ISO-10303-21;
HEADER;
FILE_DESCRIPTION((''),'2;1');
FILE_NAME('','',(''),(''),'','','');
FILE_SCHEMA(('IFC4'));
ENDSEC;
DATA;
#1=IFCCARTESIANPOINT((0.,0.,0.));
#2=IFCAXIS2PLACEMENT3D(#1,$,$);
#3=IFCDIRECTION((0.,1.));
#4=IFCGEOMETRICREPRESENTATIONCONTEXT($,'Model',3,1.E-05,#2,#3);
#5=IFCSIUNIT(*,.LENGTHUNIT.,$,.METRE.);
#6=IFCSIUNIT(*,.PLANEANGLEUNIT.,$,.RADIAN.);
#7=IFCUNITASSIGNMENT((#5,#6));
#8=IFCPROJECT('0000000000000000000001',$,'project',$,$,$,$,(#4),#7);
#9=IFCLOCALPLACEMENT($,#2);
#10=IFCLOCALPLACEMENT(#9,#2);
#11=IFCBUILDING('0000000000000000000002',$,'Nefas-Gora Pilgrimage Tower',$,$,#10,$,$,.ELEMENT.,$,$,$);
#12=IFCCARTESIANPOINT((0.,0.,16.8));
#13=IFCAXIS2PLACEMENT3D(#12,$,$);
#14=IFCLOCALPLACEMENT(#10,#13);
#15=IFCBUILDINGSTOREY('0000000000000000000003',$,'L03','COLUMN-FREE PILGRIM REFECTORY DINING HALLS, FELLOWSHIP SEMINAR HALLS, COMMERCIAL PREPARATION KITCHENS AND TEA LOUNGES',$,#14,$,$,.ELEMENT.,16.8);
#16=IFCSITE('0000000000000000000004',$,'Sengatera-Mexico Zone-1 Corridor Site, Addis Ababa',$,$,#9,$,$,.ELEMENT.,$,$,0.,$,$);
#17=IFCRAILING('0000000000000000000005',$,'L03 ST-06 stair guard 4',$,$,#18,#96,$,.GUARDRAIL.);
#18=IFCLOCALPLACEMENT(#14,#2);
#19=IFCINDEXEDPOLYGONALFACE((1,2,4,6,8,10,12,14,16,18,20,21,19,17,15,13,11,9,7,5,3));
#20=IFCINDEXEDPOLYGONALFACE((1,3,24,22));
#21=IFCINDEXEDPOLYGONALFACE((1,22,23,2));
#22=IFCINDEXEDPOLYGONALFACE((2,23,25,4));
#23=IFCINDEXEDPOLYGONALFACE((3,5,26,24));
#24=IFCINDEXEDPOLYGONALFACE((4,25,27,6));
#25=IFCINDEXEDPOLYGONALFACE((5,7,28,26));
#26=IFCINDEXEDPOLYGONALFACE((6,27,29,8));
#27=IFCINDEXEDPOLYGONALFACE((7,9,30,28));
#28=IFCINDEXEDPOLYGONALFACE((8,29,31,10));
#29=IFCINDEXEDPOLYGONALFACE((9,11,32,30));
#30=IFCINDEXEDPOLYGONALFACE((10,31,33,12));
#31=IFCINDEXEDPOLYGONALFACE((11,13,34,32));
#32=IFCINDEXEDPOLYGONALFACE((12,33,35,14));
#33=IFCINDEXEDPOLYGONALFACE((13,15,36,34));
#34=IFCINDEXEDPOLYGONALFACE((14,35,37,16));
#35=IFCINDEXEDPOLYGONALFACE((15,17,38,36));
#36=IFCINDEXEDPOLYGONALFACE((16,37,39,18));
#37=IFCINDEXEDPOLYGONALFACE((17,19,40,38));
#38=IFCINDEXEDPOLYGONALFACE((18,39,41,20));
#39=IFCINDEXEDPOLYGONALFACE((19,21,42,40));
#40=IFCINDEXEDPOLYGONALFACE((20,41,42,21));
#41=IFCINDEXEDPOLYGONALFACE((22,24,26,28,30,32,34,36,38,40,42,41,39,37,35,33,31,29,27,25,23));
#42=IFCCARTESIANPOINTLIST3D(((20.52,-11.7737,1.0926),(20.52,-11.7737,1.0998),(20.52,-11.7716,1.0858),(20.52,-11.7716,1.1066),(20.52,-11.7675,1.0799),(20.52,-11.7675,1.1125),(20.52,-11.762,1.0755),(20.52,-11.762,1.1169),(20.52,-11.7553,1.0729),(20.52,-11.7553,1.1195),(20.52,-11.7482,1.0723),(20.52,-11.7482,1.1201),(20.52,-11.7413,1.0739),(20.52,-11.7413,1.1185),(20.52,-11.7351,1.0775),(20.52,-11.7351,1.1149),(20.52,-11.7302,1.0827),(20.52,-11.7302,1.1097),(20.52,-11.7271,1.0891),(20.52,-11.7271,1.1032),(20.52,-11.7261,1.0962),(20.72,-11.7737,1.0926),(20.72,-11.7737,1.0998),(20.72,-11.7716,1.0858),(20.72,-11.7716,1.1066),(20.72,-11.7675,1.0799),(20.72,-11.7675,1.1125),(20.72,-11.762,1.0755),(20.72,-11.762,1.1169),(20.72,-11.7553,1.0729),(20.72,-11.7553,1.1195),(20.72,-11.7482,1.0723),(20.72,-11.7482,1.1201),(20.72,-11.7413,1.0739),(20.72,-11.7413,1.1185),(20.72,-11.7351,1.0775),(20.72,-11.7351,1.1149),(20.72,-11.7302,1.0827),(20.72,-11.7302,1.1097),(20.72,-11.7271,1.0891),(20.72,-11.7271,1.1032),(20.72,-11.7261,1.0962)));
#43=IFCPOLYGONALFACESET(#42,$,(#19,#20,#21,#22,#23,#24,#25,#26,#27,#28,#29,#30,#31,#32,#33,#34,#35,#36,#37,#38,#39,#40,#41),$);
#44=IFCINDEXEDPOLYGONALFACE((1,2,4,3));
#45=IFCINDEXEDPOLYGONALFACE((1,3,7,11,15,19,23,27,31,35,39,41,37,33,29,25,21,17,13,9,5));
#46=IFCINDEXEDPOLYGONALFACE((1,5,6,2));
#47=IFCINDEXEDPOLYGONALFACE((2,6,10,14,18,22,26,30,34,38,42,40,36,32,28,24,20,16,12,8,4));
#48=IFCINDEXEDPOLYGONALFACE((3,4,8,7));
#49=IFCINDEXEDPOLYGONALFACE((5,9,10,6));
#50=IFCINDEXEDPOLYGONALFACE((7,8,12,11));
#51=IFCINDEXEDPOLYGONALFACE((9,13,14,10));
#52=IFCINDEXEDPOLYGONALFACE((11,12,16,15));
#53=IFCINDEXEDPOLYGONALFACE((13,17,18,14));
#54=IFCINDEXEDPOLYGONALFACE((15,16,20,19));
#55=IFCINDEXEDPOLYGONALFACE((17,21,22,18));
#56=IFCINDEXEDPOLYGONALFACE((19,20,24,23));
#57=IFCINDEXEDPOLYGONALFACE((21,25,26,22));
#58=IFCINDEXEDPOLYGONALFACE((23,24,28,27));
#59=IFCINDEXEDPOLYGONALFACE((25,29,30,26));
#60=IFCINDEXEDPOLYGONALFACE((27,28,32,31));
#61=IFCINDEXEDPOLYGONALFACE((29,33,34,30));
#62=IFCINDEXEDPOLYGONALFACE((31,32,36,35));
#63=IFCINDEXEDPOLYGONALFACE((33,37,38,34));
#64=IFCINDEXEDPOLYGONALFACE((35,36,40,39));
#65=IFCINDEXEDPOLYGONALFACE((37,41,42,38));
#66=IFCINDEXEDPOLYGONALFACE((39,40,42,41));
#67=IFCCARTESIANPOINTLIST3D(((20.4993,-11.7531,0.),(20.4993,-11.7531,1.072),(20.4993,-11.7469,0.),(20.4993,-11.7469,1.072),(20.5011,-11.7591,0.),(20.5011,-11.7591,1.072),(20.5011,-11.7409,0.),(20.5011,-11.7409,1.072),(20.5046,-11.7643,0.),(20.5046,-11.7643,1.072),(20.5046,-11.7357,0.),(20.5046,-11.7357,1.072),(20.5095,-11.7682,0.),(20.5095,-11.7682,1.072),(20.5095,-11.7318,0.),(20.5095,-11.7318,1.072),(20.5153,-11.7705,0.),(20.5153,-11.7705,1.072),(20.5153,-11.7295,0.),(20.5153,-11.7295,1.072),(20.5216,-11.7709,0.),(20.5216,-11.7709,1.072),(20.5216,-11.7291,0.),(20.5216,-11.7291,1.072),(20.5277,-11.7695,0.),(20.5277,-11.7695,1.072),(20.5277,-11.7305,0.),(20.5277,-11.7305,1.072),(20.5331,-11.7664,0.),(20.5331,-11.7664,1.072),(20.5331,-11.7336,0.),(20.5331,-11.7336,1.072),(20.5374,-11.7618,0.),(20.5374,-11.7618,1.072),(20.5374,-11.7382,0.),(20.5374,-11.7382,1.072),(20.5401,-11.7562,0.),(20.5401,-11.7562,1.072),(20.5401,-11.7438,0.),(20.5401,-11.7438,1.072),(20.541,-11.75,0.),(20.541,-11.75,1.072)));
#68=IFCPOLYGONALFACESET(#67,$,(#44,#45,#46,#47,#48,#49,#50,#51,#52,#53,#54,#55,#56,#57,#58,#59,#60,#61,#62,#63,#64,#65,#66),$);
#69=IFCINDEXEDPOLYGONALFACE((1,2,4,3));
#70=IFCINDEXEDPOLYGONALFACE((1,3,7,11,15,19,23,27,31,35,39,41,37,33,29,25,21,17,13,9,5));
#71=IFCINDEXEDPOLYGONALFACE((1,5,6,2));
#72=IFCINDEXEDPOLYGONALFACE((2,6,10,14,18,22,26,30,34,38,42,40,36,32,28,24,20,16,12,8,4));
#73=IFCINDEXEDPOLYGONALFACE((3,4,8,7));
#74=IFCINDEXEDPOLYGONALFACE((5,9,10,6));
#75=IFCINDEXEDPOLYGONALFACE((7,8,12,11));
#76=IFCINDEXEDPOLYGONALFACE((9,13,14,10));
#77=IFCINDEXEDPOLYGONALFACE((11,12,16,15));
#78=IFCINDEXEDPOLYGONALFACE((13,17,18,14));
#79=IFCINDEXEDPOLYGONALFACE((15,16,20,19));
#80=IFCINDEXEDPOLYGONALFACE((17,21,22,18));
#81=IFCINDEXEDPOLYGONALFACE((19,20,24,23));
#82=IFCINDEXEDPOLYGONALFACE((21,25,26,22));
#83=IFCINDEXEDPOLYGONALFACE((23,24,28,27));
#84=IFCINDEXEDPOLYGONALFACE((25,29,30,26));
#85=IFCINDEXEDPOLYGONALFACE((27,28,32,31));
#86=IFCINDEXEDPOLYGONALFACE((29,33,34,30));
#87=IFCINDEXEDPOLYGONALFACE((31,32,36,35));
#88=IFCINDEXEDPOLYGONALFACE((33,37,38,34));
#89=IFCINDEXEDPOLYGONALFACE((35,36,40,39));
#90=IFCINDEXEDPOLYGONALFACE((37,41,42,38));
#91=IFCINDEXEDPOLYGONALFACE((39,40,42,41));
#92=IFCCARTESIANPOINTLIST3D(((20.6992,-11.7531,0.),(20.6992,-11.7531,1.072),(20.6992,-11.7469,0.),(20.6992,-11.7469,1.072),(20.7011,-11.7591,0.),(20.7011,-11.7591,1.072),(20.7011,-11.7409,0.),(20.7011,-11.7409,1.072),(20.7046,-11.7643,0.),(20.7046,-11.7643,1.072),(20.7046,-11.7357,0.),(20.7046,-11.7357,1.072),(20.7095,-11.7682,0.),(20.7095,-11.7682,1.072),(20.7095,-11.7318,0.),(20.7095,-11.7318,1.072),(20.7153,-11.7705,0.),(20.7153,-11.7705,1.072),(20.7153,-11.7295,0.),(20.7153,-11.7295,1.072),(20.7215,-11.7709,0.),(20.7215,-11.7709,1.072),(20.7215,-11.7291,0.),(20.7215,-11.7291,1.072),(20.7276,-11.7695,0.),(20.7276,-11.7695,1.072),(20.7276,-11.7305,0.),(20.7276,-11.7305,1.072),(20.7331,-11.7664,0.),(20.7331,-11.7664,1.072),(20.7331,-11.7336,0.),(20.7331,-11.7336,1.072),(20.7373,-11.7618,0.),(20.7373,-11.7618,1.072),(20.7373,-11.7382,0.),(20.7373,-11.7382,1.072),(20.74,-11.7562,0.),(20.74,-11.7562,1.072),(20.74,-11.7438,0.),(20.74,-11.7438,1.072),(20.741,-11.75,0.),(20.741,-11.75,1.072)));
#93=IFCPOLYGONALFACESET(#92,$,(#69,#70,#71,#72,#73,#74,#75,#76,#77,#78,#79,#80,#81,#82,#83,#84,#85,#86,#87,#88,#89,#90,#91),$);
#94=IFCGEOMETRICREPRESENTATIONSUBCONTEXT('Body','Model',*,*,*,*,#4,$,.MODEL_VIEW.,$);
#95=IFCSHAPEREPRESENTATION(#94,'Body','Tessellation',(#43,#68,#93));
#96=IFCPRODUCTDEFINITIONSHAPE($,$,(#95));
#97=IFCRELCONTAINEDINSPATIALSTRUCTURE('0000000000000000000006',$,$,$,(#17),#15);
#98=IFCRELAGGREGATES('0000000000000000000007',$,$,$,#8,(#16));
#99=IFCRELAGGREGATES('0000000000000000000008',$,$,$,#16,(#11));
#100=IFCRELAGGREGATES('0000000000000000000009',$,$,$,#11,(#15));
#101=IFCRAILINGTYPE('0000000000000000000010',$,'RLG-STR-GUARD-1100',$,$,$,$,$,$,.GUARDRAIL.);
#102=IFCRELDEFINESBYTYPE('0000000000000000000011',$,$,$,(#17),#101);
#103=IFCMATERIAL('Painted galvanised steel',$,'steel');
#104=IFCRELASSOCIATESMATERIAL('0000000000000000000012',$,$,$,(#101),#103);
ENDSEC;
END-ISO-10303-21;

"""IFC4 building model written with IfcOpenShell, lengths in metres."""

from ifc_helpers import new_model, si_unit, direction, frame, origin, origin_2d, place, context, subcontext, project, spatial, circle, extrude, material, type_object, element, save


model = new_model("IFC4")

# Units and contexts
model_context = context("Model", 3, precision=1e-05, world=origin(), true_north=direction((0.0, 1.0)))
body_context = subcontext(model_context, "Body", "Model", "MODEL_VIEW")
ifc_project = project(units=[si_unit("LENGTHUNIT", "METRE"), si_unit("PLANEANGLEUNIT", "RADIAN")], contexts=[model_context])

# Site, building, storey
site_placement = place(None, origin())
site = spatial("IfcSite", under=ifc_project, at=site_placement, Name="Sengatera-Mexico Zone-1 Corridor Site, Addis Ababa", CompositionType="ELEMENT", RefElevation=0.0)
building_placement = place(site_placement, origin())
building = spatial("IfcBuilding", under=site, at=building_placement, Name="Nefas-Gora Pilgrimage Tower", CompositionType="ELEMENT")
storey_placement = place(building_placement, frame((0.0, 0.0, 16.8)))
storey = spatial("IfcBuildingStorey", under=building, at=storey_placement, Name="L03", Description="COLUMN-FREE PILGRIM REFECTORY DINING HALLS, FELLOWSHIP SEMINAR HALLS, COMMERCIAL PREPARATION KITCHENS AND TEA LOUNGES", CompositionType="ELEMENT", Elevation=16.8)

# Railing
ifc_material_1 = material(Name="Painted galvanised steel", Category="steel")
railing_type_1 = type_object("IfcRailingType", Name="RLG-STR-GUARD-1100", PredefinedType="GUARDRAIL", material=ifc_material_1)
railing_1_placement = place(storey_placement, frame((20.52, -11.75, 0.0)))
element("IfcRailing", 1, at=railing_1_placement, inside=storey, type_object=railing_type_1, Name="L03 ST-06 stair guard 4", PredefinedType="GUARDRAIL", context=body_context, shape_type="SweptSolid", body=[
    extrude(circle(Radius=0.0239, at=origin_2d()), frame((0.0, 0.0, 1.0962), z_axis=(1.0, 0.0, 0.0), x_axis=(0.0, 1.0, 0.0)), (0.0, 0.0, 1.0), 0.2),
    extrude(circle(Radius=0.021, at=origin_2d()), origin(), (0.0, 0.0, 1.0), 1.072),
    extrude(circle(Radius=0.021, at=origin_2d()), frame((0.2, 0.0, 0.0)), (0.0, 0.0, 1.0), 1.072),
])

save(model, "model.ifc")
